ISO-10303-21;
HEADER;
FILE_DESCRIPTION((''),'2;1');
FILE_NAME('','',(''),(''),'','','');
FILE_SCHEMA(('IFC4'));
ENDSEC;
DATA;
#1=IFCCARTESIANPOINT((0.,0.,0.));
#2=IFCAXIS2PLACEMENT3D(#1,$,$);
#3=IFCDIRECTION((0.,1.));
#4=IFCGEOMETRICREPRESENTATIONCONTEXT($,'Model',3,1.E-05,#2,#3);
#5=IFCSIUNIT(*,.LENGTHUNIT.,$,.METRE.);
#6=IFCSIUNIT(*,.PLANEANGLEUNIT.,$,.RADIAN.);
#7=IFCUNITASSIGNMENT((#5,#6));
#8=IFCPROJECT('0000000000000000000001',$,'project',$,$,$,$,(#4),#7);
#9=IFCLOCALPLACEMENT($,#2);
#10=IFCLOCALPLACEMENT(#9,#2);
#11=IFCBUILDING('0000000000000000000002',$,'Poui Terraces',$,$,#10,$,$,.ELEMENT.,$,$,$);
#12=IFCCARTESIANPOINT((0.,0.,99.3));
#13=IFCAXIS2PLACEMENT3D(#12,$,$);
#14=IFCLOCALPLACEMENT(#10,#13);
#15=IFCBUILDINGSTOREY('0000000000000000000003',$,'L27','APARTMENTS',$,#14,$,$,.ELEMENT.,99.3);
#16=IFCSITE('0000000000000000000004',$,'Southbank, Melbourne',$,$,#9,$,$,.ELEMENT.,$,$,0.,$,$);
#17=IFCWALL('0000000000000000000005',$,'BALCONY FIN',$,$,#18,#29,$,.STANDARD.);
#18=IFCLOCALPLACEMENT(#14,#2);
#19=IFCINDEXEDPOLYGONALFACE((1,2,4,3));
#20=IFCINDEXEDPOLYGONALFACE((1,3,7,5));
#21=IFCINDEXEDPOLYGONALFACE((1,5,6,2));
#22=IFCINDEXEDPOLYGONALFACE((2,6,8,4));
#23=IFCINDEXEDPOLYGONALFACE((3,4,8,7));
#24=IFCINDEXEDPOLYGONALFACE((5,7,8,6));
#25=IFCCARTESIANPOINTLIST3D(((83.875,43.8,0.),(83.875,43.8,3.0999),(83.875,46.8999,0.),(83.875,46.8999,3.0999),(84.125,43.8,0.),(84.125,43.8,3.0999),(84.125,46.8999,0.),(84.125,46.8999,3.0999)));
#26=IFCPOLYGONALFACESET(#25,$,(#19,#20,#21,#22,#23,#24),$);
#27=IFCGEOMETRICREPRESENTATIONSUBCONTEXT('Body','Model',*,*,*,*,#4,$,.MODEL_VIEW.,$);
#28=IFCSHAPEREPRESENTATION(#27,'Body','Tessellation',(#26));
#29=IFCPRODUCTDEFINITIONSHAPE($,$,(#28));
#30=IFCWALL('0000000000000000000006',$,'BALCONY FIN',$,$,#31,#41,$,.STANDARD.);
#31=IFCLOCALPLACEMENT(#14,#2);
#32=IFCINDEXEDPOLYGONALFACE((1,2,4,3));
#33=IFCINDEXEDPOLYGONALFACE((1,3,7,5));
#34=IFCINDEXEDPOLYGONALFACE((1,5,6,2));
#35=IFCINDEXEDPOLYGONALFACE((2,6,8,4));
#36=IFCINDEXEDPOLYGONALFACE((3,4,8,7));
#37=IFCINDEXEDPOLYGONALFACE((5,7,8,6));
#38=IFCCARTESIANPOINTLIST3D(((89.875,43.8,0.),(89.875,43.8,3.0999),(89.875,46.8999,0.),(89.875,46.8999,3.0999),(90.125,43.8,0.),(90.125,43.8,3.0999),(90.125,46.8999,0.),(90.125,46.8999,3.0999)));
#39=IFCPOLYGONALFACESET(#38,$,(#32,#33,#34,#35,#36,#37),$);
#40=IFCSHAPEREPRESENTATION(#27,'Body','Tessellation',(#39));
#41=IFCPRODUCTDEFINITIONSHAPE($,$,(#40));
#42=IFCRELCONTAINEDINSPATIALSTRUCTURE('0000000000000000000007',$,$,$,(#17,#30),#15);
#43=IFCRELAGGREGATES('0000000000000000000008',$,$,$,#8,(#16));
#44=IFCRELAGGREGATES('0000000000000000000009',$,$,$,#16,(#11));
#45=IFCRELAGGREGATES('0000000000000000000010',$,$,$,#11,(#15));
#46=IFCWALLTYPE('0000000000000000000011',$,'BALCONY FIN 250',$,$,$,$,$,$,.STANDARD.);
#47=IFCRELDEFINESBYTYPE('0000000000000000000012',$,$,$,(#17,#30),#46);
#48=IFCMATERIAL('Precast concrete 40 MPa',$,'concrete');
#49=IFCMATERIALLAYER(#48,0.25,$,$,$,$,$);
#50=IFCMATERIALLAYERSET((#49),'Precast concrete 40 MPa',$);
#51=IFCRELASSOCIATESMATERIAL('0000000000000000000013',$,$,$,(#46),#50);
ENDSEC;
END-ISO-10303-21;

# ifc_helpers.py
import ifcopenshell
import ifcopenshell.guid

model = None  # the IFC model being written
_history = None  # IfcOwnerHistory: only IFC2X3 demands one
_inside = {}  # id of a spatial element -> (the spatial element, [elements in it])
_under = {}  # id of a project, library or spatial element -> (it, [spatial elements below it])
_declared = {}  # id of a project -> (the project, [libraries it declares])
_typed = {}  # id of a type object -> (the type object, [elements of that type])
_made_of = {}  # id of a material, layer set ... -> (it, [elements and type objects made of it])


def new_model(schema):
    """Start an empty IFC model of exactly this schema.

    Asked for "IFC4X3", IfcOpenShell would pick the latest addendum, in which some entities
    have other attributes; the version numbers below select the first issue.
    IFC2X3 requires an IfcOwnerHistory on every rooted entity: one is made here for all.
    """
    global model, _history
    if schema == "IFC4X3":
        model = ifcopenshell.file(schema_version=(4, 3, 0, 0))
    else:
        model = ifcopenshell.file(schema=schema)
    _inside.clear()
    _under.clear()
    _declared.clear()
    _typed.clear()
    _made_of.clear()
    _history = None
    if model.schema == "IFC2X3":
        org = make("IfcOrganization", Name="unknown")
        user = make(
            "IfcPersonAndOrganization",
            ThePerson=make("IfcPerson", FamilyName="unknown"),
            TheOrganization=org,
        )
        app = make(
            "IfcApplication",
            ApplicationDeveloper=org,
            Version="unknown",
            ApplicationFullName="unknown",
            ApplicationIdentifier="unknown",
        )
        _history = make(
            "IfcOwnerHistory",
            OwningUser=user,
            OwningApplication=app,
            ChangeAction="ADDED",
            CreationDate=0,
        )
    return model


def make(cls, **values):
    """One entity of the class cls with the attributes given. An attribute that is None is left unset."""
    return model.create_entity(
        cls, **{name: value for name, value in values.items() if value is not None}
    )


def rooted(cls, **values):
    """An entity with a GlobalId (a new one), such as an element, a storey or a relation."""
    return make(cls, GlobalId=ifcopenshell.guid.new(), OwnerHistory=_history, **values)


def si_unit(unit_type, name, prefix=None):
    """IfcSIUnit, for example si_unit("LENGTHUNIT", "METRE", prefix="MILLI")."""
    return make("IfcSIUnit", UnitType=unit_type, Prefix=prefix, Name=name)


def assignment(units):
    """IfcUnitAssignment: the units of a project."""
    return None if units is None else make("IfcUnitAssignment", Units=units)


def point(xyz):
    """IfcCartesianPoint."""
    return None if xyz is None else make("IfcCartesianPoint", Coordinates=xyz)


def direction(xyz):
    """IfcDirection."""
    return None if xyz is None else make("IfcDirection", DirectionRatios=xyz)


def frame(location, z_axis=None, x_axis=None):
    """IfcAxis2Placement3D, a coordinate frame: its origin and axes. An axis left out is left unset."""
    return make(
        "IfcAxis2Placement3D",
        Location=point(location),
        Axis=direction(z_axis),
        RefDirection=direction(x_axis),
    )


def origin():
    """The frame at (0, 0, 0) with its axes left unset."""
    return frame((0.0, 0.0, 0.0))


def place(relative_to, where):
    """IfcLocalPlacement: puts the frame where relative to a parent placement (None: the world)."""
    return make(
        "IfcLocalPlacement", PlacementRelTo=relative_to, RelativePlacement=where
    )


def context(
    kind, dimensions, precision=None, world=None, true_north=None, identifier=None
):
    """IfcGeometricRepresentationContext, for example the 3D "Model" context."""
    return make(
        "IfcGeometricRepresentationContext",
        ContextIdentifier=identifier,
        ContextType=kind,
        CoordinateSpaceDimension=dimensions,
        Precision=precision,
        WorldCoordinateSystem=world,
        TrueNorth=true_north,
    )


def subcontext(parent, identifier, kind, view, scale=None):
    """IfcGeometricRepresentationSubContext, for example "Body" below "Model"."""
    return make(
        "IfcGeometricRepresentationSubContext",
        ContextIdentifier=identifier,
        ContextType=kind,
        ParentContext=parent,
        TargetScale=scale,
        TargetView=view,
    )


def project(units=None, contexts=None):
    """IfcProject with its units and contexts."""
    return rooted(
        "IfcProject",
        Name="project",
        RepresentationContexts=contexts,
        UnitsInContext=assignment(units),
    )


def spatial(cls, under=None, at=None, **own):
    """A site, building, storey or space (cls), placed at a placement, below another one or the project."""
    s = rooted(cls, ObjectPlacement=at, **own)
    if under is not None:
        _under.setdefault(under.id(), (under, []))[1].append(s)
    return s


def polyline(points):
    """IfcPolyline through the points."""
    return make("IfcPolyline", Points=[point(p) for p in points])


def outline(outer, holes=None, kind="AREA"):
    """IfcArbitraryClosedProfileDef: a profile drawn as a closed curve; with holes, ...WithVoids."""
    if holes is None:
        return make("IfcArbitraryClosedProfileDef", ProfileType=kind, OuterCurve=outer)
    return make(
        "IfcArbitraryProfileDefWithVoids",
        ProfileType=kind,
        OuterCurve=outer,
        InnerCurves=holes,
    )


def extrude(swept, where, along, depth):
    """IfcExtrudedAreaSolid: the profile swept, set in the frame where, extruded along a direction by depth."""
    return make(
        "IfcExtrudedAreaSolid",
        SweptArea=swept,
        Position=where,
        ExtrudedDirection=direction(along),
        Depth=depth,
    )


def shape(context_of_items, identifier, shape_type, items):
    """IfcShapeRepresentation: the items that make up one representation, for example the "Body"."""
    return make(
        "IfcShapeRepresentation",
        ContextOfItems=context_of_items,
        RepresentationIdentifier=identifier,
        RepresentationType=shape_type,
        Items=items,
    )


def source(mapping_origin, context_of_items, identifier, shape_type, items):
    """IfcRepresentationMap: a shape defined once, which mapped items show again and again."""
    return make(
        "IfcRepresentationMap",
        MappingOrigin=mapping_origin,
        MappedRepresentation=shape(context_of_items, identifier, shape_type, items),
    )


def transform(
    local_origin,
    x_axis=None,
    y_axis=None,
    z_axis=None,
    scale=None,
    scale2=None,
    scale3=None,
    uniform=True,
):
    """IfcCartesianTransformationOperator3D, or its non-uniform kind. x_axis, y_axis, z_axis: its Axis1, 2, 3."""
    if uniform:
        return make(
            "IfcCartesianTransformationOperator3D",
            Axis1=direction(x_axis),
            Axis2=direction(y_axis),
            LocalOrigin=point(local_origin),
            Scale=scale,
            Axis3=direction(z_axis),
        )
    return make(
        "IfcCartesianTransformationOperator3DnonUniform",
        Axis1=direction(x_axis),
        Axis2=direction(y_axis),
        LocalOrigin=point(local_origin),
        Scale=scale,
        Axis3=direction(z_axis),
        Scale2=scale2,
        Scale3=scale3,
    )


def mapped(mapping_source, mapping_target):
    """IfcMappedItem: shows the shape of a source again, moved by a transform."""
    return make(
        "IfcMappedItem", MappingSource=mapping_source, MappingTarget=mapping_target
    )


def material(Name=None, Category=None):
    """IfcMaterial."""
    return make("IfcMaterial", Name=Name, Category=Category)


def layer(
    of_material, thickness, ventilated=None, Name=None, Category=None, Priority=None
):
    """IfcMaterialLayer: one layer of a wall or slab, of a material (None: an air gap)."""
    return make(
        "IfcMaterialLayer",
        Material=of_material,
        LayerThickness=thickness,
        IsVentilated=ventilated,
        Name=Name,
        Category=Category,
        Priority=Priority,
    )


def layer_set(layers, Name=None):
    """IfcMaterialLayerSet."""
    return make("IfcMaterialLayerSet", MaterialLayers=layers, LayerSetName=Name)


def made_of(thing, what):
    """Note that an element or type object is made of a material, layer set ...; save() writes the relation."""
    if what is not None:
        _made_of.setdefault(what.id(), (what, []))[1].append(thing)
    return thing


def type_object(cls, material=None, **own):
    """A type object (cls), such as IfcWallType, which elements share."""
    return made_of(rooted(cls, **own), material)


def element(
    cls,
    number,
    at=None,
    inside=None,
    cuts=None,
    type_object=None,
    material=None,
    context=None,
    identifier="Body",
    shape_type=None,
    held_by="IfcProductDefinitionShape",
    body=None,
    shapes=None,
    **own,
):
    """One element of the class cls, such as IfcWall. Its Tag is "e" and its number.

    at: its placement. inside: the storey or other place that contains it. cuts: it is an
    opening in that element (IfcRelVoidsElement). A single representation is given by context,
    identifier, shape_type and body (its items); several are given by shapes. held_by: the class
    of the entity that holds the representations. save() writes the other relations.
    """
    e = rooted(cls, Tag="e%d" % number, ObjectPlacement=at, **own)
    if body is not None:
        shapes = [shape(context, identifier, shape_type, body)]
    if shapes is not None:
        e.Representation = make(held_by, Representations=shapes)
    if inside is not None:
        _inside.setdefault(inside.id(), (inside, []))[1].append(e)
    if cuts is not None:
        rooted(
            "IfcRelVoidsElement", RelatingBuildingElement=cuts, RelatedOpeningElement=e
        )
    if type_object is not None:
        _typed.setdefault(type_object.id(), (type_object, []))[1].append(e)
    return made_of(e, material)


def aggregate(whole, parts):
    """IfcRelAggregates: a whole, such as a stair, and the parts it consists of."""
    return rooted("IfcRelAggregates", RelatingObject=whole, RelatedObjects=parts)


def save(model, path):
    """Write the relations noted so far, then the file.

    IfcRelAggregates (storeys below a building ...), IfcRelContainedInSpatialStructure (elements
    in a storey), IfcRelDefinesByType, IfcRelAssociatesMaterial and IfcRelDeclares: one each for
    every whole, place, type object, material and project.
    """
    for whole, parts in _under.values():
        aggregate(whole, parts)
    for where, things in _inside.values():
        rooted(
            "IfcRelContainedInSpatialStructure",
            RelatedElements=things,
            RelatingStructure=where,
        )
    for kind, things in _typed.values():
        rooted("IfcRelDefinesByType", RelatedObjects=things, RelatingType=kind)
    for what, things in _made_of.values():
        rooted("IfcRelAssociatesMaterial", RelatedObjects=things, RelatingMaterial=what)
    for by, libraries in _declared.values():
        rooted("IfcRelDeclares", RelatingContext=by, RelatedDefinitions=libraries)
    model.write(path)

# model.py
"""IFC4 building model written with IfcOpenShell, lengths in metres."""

from ifc_helpers import new_model, si_unit, direction, frame, origin, place, context, subcontext, project, spatial, polyline, outline, extrude, source, transform, mapped, material, layer, layer_set, type_object, element, save


model = new_model("IFC4")

# Units and contexts
model_context = context("Model", 3, precision=1e-05, world=origin(), true_north=direction((0.0, 1.0)))
body_context = subcontext(model_context, "Body", "Model", "MODEL_VIEW")
ifc_project = project(units=[si_unit("LENGTHUNIT", "METRE"), si_unit("PLANEANGLEUNIT", "RADIAN")], contexts=[model_context])

# Site, building, storey
site_placement = place(None, origin())
site = spatial("IfcSite", under=ifc_project, at=site_placement, Name="Southbank, Melbourne", CompositionType="ELEMENT", RefElevation=0.0)
building_placement = place(site_placement, origin())
building = spatial("IfcBuilding", under=site, at=building_placement, Name="Poui Terraces", CompositionType="ELEMENT")
storey_placement = place(building_placement, frame((0.0, 0.0, 99.3)))
storey = spatial("IfcBuildingStorey", under=building, at=storey_placement, Name="L27", Description="APARTMENTS", CompositionType="ELEMENT", Elevation=99.3)

# Walls
ifc_material_1 = material(Name="Precast concrete 40 MPa", Category="concrete")
ifc_layer_1 = layer(ifc_material_1, 0.25)
ifc_layer_set_1 = layer_set([ifc_layer_1], Name="Precast concrete 40 MPa")
wall_type_1 = type_object("IfcWallType", Name="BALCONY FIN 250", PredefinedType="STANDARD", material=ifc_layer_set_1)
shared_shape_1 = source(origin(), body_context, "Body", "SweptSolid", [
    extrude(outline(polyline([(0.0, 0.0), (0.25, 0.0), (0.25, 3.0999), (0.0, 3.0999), (0.0, 0.0)])), origin(), (0.0, 0.0, 1.0), 3.0999),
])
for number, where, name in (
    (1, (83.875, 43.8, 0.0), "BALCONY FIN"),
    (2, (89.875, 43.8, 0.0), "BALCONY FIN"),
):
    element("IfcWall", number, at=place(storey_placement, frame(where)), inside=storey, type_object=wall_type_1, Name=name, PredefinedType="STANDARD", context=body_context, shape_type="MappedRepresentation", body=[
        mapped(shared_shape_1, transform((0.0, 0.0, 0.0))),
    ])

save(model, "model.ifc")
